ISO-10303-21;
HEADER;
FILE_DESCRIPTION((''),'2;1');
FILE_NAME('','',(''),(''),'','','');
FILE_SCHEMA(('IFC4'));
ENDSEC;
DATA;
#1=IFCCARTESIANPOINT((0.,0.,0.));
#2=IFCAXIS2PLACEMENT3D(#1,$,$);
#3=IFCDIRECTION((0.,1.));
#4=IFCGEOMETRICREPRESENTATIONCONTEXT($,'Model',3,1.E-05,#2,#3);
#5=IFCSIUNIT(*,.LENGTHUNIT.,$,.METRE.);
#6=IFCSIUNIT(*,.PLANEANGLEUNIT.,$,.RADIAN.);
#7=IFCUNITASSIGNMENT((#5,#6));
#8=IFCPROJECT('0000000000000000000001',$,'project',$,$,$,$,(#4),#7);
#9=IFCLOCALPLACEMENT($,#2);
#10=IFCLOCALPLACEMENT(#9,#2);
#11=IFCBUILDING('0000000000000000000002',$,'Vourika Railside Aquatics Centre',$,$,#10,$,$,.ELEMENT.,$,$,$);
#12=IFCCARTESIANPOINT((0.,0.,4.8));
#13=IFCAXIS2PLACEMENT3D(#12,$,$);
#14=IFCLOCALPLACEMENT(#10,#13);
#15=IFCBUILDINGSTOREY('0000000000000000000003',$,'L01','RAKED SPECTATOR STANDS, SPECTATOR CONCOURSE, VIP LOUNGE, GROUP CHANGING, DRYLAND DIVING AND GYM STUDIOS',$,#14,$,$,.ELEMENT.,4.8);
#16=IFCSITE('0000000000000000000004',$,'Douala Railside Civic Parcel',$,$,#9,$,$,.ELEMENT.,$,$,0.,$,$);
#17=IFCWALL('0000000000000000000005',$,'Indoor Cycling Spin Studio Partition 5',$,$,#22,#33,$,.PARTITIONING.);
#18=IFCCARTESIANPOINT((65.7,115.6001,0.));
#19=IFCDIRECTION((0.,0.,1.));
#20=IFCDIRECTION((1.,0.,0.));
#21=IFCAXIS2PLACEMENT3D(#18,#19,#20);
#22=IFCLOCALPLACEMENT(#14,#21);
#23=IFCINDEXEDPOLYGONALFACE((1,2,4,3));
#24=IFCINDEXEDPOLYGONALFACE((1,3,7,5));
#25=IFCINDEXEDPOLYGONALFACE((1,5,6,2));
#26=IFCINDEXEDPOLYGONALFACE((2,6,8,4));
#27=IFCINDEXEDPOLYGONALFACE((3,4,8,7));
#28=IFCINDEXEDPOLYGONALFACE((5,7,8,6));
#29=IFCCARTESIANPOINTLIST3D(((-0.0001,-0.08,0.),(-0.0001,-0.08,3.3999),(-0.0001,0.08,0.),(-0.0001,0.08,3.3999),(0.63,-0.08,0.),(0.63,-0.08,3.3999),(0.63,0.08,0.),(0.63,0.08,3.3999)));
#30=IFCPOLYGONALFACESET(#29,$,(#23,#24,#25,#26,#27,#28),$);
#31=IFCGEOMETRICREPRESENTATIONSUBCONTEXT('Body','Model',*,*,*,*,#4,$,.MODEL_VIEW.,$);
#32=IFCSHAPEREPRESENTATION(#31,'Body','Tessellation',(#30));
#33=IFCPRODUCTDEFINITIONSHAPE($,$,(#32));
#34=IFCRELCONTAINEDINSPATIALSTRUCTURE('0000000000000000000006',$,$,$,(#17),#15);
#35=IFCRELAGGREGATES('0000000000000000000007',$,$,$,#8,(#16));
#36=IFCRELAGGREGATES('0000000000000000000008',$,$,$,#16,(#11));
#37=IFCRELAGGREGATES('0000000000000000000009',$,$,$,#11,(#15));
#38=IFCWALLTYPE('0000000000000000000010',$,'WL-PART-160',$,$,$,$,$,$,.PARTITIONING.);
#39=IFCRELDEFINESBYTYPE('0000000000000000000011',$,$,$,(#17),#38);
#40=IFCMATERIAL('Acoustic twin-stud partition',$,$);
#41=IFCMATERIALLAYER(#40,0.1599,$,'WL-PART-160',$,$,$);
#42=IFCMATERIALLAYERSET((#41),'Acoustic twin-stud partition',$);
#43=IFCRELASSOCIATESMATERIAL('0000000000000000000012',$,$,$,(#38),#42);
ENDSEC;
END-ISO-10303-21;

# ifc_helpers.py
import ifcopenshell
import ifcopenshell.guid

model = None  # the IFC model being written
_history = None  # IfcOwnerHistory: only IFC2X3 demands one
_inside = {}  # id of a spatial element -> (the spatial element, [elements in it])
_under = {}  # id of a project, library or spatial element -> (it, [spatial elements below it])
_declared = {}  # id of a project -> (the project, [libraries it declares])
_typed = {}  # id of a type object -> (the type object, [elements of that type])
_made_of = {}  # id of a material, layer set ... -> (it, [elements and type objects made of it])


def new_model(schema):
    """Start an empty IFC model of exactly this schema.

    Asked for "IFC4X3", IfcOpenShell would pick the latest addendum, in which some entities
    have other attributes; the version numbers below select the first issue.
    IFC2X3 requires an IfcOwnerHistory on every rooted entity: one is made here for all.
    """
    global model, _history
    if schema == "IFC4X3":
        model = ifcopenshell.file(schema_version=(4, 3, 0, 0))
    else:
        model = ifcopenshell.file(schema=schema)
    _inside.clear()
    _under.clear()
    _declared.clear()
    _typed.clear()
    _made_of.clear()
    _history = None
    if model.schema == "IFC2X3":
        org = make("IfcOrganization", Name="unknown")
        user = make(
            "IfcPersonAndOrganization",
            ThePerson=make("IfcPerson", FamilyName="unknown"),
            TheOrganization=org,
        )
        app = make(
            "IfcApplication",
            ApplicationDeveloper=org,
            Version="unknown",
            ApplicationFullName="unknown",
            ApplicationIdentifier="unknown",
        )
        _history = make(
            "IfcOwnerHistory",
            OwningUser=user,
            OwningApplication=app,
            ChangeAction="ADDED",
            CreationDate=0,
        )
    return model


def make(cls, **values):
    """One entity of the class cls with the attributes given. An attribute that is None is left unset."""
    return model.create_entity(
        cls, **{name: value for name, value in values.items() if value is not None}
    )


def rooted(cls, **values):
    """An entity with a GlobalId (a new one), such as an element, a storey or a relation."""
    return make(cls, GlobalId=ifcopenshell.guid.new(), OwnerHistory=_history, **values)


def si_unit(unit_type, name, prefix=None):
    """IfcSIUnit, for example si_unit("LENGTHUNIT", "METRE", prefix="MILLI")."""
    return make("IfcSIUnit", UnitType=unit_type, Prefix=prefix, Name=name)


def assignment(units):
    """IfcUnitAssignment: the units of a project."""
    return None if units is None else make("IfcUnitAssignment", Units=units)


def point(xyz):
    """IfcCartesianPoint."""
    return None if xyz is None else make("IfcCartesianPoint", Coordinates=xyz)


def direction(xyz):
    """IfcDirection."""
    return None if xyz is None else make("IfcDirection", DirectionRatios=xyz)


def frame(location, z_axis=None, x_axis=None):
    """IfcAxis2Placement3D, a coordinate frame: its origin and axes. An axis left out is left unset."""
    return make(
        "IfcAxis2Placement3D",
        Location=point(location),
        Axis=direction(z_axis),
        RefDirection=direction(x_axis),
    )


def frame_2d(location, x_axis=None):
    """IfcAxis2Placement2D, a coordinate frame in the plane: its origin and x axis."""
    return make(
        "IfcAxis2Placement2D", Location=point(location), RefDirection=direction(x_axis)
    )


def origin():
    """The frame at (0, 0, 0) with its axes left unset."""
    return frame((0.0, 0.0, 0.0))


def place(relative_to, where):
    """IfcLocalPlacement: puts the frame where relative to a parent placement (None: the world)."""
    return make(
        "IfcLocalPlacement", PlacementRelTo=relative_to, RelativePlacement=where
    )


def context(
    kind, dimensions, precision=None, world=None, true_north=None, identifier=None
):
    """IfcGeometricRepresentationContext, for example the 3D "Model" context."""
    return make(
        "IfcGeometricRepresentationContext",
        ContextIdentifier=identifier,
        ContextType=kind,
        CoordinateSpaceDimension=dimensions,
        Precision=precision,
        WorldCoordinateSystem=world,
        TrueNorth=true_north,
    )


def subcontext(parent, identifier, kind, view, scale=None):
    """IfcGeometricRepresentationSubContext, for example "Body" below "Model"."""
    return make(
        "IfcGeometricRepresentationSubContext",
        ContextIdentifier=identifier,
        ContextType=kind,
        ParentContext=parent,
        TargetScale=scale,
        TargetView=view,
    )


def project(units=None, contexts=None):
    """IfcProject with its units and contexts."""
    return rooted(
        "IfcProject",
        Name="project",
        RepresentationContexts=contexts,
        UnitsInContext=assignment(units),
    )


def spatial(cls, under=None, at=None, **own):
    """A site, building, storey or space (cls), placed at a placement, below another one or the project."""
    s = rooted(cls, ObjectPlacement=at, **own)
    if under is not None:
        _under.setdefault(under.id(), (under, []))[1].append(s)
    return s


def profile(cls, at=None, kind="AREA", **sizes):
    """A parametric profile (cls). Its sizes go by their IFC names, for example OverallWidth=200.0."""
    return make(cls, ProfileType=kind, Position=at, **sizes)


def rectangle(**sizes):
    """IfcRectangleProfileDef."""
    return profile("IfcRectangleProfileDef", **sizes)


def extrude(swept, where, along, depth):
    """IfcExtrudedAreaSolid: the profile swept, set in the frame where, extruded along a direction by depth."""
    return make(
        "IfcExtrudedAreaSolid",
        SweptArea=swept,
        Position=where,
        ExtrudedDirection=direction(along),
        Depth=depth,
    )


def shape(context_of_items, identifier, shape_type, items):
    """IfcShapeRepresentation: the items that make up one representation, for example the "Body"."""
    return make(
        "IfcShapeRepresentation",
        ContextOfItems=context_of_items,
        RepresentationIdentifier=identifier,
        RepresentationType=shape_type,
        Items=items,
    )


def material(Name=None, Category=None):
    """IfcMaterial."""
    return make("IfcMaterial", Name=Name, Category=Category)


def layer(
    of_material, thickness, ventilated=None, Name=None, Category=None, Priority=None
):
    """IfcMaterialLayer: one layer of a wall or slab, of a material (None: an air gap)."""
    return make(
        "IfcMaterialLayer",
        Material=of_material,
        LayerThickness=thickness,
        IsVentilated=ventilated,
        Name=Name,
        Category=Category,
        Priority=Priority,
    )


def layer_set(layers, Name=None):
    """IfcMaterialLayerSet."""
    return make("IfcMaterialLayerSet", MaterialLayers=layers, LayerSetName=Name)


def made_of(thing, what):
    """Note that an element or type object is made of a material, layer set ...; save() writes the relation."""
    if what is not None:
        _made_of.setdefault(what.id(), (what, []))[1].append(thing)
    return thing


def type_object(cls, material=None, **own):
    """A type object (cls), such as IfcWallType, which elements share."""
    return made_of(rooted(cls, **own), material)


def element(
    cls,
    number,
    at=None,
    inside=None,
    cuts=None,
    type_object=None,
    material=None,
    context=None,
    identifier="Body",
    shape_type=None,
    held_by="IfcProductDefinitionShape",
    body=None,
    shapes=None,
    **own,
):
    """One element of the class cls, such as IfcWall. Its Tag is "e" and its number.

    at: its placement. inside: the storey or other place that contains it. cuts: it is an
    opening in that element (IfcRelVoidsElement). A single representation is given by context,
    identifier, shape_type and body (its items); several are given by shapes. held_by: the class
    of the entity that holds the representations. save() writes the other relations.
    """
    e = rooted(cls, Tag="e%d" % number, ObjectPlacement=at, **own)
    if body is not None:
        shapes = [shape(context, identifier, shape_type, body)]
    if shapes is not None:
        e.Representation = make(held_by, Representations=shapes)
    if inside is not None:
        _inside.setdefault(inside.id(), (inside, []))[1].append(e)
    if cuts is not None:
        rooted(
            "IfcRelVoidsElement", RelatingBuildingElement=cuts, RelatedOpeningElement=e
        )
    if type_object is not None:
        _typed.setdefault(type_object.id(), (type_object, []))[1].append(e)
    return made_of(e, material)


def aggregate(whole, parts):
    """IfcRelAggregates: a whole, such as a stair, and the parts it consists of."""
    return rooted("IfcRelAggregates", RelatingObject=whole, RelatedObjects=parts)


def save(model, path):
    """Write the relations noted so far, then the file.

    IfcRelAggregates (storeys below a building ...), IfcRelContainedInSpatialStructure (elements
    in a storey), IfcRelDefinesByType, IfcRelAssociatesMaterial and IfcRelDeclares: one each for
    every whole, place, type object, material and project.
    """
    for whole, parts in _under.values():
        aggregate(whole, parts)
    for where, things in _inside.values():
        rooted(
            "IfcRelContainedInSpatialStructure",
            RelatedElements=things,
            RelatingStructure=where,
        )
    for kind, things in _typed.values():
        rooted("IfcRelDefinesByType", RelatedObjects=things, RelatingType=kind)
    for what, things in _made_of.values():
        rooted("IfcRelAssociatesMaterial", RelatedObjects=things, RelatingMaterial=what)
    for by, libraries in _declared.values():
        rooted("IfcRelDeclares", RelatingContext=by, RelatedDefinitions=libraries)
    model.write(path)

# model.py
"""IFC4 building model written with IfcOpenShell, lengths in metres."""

from ifc_helpers import new_model, si_unit, direction, frame, frame_2d, origin, place, context, subcontext, project, spatial, rectangle, extrude, material, layer, layer_set, type_object, element, save


model = new_model("IFC4")

# Units and contexts
model_context = context("Model", 3, precision=1e-05, world=origin(), true_north=direction((0.0, 1.0)))
body_context = subcontext(model_context, "Body", "Model", "MODEL_VIEW")
ifc_project = project(units=[si_unit("LENGTHUNIT", "METRE"), si_unit("PLANEANGLEUNIT", "RADIAN")], contexts=[model_context])

# Site, building, storey
site_placement = place(None, origin())
site = spatial("IfcSite", under=ifc_project, at=site_placement, Name="Douala Railside Civic Parcel", CompositionType="ELEMENT", RefElevation=0.0)
building_placement = place(site_placement, origin())
building = spatial("IfcBuilding", under=site, at=building_placement, Name="Vourika Railside Aquatics Centre", CompositionType="ELEMENT")
storey_placement = place(building_placement, frame((0.0, 0.0, 4.8)))
storey = spatial("IfcBuildingStorey", under=building, at=storey_placement, Name="L01", Description="RAKED SPECTATOR STANDS, SPECTATOR CONCOURSE, VIP LOUNGE, GROUP CHANGING, DRYLAND DIVING AND GYM STUDIOS", CompositionType="ELEMENT", Elevation=4.8)

# Wall
ifc_material_1 = material(Name="Acoustic twin-stud partition")
ifc_layer_1 = layer(ifc_material_1, 0.1599, Name="WL-PART-160")
ifc_layer_set_1 = layer_set([ifc_layer_1], Name="Acoustic twin-stud partition")
wall_type_1 = type_object("IfcWallType", Name="WL-PART-160", PredefinedType="PARTITIONING", material=ifc_layer_set_1)
wall_1_placement = place(storey_placement, frame((65.7, 115.6001, 0.0), z_axis=(0.0, 0.0, 1.0), x_axis=(1.0, 0.0, 0.0)))
element("IfcWall", 1, at=wall_1_placement, inside=storey, type_object=wall_type_1, Name="Indoor Cycling Spin Studio Partition 5", PredefinedType="PARTITIONING", context=body_context, shape_type="SweptSolid", body=[
    extrude(rectangle(XDim=0.6301, YDim=0.1599, at=frame_2d((0.3149, 0.0))), origin(), (0.0, 0.0, 1.0), 3.3999),
])

save(model, "model.ifc")
